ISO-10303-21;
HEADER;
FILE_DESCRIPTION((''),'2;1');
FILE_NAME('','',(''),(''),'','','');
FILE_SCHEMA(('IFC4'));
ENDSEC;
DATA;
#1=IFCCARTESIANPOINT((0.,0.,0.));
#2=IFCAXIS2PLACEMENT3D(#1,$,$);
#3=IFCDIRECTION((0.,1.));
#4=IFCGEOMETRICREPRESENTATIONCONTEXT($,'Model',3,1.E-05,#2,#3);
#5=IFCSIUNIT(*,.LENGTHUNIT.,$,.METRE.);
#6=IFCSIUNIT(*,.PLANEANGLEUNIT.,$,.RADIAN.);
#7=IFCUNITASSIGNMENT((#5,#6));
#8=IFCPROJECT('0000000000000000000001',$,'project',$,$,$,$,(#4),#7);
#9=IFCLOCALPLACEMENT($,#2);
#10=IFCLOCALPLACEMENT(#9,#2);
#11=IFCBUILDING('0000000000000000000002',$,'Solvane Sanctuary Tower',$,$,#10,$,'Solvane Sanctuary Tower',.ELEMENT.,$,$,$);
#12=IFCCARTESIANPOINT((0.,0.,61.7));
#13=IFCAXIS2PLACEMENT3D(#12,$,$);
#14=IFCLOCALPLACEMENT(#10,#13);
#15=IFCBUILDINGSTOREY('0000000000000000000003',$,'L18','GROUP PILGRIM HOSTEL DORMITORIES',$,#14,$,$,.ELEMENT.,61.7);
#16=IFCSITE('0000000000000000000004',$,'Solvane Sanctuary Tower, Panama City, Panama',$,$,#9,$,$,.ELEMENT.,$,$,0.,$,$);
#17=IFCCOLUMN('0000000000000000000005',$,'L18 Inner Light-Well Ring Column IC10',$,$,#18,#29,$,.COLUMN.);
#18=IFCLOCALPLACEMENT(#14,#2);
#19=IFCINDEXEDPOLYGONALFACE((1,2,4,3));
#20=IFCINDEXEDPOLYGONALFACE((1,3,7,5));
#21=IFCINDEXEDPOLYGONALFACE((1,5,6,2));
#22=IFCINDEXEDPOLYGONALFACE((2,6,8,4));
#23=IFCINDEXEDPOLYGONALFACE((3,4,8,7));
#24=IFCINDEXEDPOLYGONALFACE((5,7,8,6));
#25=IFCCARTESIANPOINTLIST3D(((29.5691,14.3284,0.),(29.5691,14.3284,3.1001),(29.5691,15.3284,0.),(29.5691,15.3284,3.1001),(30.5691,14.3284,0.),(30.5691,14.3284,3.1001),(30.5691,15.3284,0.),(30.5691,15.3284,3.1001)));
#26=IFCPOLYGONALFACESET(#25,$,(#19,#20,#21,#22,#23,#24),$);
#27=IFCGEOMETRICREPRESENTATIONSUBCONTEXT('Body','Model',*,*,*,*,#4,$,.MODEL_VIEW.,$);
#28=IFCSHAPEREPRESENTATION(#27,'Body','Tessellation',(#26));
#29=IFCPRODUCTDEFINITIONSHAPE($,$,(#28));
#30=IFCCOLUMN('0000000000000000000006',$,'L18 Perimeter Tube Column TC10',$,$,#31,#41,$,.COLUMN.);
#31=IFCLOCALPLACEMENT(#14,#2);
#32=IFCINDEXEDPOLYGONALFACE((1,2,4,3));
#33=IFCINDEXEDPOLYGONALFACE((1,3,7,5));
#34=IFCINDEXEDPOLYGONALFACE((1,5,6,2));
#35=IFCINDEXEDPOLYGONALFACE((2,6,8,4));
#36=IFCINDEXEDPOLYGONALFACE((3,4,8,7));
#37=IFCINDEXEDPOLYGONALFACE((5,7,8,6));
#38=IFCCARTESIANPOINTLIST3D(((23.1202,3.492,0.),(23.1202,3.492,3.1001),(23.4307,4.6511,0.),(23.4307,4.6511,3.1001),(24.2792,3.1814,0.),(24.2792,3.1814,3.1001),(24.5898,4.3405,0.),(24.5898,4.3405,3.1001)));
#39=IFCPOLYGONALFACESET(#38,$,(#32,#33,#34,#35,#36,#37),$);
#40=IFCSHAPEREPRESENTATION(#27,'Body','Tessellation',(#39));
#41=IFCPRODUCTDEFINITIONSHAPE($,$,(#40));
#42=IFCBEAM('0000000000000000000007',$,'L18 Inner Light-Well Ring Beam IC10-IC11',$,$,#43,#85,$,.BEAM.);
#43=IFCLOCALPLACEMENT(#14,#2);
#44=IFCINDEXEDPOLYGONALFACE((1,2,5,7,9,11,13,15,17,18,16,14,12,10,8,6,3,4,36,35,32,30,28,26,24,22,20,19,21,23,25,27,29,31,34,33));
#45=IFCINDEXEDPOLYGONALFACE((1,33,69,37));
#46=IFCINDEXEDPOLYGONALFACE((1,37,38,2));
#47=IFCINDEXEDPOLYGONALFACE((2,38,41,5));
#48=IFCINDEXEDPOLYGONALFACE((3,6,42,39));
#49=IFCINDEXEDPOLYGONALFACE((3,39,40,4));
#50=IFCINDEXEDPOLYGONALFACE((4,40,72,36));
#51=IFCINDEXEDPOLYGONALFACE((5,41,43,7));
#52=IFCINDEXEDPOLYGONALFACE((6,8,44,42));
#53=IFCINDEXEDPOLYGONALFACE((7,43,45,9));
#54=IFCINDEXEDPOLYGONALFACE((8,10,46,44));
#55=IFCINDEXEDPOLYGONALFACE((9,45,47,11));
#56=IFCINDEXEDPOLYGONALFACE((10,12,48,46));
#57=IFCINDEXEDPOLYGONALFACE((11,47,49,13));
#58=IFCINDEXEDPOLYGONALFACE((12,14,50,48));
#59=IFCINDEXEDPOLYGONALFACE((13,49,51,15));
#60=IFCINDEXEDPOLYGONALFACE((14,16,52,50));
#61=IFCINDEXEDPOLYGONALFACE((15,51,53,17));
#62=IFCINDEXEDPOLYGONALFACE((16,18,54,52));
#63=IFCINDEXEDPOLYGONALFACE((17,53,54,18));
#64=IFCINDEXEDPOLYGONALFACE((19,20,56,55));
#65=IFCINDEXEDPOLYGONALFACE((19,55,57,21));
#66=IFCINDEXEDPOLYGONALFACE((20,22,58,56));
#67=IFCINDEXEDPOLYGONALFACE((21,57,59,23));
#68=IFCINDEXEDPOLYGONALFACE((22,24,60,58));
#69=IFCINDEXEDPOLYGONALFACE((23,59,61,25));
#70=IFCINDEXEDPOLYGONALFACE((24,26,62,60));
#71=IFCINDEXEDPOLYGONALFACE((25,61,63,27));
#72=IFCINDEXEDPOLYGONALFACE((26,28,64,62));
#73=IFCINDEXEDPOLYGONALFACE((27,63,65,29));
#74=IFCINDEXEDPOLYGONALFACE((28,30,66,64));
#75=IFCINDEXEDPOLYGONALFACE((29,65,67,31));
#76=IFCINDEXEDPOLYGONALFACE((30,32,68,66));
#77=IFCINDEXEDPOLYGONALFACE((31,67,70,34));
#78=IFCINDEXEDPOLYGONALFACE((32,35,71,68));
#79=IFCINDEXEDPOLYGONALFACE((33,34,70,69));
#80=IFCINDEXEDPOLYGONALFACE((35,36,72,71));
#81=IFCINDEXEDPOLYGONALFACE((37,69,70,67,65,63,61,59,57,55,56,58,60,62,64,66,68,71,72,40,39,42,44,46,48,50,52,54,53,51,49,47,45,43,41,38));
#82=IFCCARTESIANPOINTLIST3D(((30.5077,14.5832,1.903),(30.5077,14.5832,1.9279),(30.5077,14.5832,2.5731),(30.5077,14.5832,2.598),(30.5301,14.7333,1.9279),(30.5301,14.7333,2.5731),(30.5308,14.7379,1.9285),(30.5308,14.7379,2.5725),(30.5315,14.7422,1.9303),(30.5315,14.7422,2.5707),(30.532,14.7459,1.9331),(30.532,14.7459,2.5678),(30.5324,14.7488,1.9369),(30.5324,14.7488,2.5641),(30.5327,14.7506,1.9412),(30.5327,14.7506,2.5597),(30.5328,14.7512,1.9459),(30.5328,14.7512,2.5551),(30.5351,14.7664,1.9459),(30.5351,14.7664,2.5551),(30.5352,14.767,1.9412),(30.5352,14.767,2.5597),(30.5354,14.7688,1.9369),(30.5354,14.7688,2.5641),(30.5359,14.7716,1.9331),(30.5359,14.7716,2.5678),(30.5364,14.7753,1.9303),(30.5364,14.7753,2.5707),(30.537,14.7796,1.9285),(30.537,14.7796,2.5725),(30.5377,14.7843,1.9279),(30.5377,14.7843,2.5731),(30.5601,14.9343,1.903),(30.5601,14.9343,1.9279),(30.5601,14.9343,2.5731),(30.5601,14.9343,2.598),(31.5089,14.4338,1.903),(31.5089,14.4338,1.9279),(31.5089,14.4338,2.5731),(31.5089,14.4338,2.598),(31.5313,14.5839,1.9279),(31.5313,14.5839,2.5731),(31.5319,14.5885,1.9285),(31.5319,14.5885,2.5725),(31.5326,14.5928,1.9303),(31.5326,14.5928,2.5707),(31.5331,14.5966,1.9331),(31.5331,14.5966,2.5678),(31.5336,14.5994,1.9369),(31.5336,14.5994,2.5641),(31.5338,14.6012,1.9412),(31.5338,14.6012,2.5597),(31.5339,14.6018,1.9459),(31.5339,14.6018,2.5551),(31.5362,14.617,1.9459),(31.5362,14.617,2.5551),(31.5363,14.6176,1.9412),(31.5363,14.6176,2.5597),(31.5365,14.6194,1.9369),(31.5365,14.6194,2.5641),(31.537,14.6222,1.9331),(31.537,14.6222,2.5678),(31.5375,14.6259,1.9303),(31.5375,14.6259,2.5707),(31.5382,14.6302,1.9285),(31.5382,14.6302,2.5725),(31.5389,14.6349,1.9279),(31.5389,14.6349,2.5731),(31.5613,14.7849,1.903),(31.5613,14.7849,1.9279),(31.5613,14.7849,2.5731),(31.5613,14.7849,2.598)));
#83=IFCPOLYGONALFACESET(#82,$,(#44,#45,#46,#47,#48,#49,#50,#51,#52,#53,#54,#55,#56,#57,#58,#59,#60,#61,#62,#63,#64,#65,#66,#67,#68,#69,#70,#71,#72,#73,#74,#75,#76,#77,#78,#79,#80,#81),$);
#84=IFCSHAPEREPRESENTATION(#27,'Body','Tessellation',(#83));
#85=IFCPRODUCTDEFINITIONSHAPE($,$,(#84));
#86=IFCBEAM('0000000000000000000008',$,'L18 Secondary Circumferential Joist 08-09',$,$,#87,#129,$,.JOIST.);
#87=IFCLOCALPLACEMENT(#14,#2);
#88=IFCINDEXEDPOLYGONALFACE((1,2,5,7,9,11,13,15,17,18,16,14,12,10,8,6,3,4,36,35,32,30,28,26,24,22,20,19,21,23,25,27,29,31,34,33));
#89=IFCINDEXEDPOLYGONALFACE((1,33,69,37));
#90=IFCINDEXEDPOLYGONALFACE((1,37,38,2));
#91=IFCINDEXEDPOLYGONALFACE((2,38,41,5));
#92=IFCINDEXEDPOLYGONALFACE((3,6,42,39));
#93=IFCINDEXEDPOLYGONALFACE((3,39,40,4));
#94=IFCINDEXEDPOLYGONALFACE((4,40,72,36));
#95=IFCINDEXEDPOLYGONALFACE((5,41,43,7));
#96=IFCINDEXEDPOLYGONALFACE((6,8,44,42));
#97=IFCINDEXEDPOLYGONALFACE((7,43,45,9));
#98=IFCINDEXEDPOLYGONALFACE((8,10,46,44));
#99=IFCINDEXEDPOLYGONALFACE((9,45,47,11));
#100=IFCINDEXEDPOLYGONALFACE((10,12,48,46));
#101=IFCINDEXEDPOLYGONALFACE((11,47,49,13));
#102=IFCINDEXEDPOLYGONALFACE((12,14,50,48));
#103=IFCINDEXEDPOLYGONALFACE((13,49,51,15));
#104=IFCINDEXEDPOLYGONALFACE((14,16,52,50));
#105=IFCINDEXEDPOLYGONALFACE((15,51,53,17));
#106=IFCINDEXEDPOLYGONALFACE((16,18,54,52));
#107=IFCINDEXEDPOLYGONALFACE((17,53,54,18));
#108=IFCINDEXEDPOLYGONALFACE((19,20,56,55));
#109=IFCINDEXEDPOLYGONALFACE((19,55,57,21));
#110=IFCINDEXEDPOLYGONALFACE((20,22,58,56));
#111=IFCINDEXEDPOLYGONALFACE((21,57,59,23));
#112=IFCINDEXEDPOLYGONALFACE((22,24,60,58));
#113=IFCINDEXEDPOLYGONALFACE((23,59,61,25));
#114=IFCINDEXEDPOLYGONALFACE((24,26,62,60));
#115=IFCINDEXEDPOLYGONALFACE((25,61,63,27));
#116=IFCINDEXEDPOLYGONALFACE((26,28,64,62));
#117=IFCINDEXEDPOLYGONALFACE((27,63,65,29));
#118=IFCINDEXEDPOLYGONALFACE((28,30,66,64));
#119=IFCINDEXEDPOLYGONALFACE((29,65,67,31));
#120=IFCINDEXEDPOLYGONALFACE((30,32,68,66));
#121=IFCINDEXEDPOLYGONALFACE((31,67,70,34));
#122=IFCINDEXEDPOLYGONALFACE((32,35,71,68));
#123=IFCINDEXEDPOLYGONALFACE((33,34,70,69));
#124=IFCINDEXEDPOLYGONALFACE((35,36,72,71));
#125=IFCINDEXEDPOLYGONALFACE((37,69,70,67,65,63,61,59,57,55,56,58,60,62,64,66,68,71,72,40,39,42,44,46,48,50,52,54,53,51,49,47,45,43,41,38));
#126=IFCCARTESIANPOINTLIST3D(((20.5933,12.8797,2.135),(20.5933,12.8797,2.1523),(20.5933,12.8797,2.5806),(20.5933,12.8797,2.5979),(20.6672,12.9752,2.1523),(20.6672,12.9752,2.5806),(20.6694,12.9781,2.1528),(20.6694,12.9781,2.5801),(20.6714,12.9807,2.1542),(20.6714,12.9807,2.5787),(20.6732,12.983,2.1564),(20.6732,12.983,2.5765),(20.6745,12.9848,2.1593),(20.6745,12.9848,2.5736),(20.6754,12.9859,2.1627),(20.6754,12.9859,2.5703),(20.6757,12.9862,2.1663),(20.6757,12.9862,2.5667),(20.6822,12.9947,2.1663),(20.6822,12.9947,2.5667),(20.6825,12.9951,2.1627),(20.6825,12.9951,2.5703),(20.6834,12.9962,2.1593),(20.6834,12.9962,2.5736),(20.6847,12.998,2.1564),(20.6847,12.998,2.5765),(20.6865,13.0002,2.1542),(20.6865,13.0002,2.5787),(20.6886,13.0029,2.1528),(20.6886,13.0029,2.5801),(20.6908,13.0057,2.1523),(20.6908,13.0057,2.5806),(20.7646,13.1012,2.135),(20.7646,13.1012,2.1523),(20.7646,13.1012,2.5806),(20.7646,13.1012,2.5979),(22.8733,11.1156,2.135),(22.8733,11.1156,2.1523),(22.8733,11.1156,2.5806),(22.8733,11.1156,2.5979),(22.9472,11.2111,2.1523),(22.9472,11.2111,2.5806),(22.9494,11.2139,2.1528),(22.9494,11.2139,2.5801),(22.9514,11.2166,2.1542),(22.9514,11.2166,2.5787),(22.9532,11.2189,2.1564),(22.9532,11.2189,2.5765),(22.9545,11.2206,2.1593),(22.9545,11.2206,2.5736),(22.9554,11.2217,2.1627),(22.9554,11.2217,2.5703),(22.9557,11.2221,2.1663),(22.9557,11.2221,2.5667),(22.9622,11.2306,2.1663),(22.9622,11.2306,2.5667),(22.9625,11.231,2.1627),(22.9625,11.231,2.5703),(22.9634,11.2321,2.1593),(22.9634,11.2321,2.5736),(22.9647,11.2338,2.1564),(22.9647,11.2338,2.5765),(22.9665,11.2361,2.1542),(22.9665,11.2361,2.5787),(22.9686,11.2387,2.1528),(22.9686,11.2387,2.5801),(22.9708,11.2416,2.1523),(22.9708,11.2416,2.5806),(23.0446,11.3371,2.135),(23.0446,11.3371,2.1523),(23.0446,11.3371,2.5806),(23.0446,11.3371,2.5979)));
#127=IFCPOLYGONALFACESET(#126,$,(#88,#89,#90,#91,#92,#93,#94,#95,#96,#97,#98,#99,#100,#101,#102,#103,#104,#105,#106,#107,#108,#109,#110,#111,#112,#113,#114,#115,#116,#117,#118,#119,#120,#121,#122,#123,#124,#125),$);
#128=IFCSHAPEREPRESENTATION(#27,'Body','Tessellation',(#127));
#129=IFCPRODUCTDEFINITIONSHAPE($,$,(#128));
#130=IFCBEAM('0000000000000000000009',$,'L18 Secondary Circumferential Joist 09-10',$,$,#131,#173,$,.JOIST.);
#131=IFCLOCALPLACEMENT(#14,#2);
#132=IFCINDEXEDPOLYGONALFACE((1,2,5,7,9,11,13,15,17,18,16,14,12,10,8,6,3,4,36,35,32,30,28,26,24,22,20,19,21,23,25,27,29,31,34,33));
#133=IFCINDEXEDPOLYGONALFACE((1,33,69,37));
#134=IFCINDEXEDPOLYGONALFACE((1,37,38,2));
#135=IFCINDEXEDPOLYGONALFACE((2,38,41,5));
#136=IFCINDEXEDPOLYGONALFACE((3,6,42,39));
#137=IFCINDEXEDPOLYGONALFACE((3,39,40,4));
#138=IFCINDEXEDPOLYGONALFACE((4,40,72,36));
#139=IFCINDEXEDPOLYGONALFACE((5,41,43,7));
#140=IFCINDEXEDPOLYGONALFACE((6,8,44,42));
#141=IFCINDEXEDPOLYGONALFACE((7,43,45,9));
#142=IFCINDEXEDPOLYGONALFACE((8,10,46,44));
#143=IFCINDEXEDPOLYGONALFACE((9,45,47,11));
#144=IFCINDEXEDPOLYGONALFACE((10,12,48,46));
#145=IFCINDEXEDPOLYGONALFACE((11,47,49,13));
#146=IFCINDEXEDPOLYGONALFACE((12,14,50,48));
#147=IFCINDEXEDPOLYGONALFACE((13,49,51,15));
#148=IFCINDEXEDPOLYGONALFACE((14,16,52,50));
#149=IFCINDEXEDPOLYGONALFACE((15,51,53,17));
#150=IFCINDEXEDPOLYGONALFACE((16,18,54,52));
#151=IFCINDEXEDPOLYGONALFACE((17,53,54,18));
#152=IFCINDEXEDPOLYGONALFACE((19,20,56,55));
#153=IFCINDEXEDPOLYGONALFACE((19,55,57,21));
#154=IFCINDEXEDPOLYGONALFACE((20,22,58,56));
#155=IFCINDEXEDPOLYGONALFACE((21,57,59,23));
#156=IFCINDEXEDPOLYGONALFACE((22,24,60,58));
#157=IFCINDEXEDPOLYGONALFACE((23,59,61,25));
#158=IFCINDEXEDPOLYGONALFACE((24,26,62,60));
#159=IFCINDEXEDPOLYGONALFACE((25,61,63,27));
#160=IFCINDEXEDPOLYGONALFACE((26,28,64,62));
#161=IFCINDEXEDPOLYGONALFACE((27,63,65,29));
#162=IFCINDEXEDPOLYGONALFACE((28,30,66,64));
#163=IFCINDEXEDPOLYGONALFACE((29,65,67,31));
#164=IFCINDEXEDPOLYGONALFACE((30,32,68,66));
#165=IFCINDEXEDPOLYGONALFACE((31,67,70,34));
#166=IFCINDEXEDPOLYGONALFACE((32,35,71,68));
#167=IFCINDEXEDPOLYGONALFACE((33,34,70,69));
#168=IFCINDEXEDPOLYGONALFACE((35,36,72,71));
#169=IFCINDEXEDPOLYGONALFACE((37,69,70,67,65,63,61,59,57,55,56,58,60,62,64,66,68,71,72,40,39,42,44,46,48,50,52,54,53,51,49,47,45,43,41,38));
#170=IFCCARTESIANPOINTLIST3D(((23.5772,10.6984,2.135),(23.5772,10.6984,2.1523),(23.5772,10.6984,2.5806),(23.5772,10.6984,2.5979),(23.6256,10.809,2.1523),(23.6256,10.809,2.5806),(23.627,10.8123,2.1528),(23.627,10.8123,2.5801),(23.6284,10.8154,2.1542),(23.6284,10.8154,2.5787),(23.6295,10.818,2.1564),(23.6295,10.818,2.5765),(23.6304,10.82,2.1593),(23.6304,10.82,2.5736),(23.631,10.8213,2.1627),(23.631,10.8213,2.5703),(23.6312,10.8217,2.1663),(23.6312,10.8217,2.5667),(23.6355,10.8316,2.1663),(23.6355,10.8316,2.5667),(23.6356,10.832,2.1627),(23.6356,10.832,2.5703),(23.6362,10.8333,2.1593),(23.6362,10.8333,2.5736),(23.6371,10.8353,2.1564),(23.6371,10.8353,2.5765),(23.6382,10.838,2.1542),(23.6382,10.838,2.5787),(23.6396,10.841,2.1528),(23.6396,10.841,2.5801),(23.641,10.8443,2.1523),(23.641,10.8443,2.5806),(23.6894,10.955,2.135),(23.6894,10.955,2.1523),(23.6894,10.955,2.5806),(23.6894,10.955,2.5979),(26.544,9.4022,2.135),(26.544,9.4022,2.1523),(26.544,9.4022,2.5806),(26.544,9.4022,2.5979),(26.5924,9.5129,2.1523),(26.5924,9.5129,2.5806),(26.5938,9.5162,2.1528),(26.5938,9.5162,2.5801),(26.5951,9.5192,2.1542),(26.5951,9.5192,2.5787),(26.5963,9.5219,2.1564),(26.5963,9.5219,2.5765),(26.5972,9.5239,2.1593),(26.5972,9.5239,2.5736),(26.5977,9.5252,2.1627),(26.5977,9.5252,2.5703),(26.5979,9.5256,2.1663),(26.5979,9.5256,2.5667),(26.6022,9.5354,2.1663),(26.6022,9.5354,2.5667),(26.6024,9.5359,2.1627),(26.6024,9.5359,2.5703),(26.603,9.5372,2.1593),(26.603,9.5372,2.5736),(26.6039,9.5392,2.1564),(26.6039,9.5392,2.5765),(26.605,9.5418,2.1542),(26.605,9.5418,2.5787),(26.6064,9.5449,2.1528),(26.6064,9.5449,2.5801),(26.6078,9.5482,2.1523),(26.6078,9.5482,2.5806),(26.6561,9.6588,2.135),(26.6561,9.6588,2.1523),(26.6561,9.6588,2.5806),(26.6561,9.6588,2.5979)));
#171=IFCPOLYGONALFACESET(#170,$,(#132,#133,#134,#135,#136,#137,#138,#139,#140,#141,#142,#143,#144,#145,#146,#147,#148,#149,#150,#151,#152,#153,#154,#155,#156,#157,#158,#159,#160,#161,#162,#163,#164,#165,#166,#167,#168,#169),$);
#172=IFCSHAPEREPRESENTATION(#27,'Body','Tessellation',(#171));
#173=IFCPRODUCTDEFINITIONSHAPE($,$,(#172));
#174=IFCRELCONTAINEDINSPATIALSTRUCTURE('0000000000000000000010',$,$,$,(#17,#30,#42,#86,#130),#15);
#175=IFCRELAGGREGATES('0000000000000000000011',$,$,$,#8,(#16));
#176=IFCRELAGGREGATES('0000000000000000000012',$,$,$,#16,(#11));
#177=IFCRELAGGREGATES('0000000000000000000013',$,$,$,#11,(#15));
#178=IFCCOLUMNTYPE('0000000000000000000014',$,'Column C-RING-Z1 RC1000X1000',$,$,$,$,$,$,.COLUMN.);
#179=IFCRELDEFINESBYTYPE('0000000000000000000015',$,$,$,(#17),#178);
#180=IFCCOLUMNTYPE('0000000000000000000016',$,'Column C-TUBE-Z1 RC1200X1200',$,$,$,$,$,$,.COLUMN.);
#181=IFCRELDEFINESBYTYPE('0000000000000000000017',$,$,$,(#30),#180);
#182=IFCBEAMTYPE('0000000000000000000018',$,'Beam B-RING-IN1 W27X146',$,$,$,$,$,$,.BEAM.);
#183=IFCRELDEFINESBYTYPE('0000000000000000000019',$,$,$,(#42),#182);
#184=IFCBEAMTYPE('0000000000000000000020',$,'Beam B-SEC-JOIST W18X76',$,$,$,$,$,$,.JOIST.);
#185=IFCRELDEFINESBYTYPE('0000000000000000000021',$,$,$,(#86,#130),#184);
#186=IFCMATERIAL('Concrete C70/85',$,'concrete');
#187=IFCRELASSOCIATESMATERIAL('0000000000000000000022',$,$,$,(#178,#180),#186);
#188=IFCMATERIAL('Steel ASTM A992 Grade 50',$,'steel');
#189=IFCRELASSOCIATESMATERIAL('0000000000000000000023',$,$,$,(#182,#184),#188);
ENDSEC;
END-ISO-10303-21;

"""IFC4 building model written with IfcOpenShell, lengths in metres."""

from ifc_helpers import new_model, si_unit, direction, frame, origin, origin_2d, place, context, subcontext, project, spatial, rectangle, i_section, extrude, material, material_profile, profile_set, type_object, element, save


model = new_model("IFC4")

# Units and contexts
model_context = context("Model", 3, precision=1e-05, world=origin(), true_north=direction((0.0, 1.0)))
body_context = subcontext(model_context, "Body", "Model", "MODEL_VIEW")
ifc_project = project(units=[si_unit("LENGTHUNIT", "METRE"), si_unit("PLANEANGLEUNIT", "RADIAN")], contexts=[model_context])

# Site, building, storey
site_placement = place(None, origin())
site = spatial("IfcSite", under=ifc_project, at=site_placement, Name="Solvane Sanctuary Tower, Panama City, Panama", CompositionType="ELEMENT", RefElevation=0.0)
building_placement = place(site_placement, origin())
building = spatial("IfcBuilding", under=site, at=building_placement, Name="Solvane Sanctuary Tower", LongName="Solvane Sanctuary Tower", CompositionType="ELEMENT")
storey_placement = place(building_placement, frame((0.0, 0.0, 61.7)))
storey = spatial("IfcBuildingStorey", under=building, at=storey_placement, Name="L18", Description="GROUP PILGRIM HOSTEL DORMITORIES", CompositionType="ELEMENT", Elevation=61.7)

# Columns
ifc_material_1 = material(Name="Concrete C70/85", Category="concrete")
ifc_material_profile_1 = material_profile(ifc_material_1, rectangle(XDim=1.0, YDim=1.0, at=origin_2d()), Name="RC1000X1000")
ifc_profile_set_1 = profile_set([ifc_material_profile_1], Name="Concrete C70/85")
column_type_1 = type_object("IfcColumnType", Name="Column C-RING-Z1 RC1000X1000", PredefinedType="COLUMN", material=ifc_profile_set_1)
column_1_placement = place(storey_placement, frame((30.0691, 14.8284, 0.0), z_axis=(0.0, 0.0, 1.0), x_axis=(1.0, 0.0, 0.0)))
element("IfcColumn", 1, at=column_1_placement, inside=storey, type_object=column_type_1, Name="L18 Inner Light-Well Ring Column IC10", PredefinedType="COLUMN", context=body_context, shape_type="SweptSolid", body=[
    extrude(rectangle(XDim=1.0, YDim=1.0, at=origin_2d()), origin(), (0.0, 0.0, 1.0), 3.1001),
])
ifc_material_profile_2 = material_profile(ifc_material_1, rectangle(XDim=1.2, YDim=1.2, at=origin_2d()), Name="RC1200X1200")
ifc_profile_set_2 = profile_set([ifc_material_profile_2], Name="Concrete C70/85")
column_type_2 = type_object("IfcColumnType", Name="Column C-TUBE-Z1 RC1200X1200", PredefinedType="COLUMN", material=ifc_profile_set_2)
column_2_placement = place(storey_placement, frame((23.855, 3.9163, 0.0), z_axis=(0.0, 0.0, 1.0), x_axis=(-0.258819, -0.965926, 0.0)))
element("IfcColumn", 2, at=column_2_placement, inside=storey, type_object=column_type_2, Name="L18 Perimeter Tube Column TC10", PredefinedType="COLUMN", context=body_context, shape_type="SweptSolid", body=[
    extrude(rectangle(XDim=1.2, YDim=1.2, at=origin_2d()), origin(), (0.0, 0.0, 1.0), 3.1001),
])

# Beams
ifc_material_2 = material(Name="Steel ASTM A992 Grade 50", Category="steel")
ifc_material_profile_3 = material_profile(ifc_material_2, i_section(OverallWidth=0.355, OverallDepth=0.6951, WebThickness=0.0154, FlangeThickness=0.0249, FilletRadius=0.0181, at=origin_2d()), Name="W27X146")
ifc_profile_set_3 = profile_set([ifc_material_profile_3], Name="Steel ASTM A992 Grade 50")
beam_type_1 = type_object("IfcBeamType", Name="Beam B-RING-IN1 W27X146", PredefinedType="BEAM", material=ifc_profile_set_3)
beam_1_placement = place(storey_placement, frame((30.5339, 14.7588, 2.2505), z_axis=(0.989048, -0.147597, 0.0), x_axis=(0.147597, 0.989048, 0.0)))
element("IfcBeam", 3, at=beam_1_placement, inside=storey, type_object=beam_type_1, Name="L18 Inner Light-Well Ring Beam IC10-IC11", PredefinedType="BEAM", context=body_context, shape_type="SweptSolid", body=[
    extrude(i_section(OverallWidth=0.355, OverallDepth=0.6951, WebThickness=0.0154, FlangeThickness=0.0249, FilletRadius=0.0181, at=origin_2d()), origin(), (0.0, 0.0, 1.0), 1.0122),
])
ifc_material_profile_4 = material_profile(ifc_material_2, i_section(OverallWidth=0.28, OverallDepth=0.4629, WebThickness=0.0107, FlangeThickness=0.0173, FilletRadius=0.0139, at=origin_2d()), Name="W18X76")
ifc_profile_set_4 = profile_set([ifc_material_profile_4], Name="Steel ASTM A992 Grade 50")
beam_type_2 = type_object("IfcBeamType", Name="Beam B-SEC-JOIST W18X76", PredefinedType="JOIST", material=ifc_profile_set_4)
beam_2_placement = place(storey_placement, frame((20.679, 12.9905, 2.3665), z_axis=(0.790896, -0.611951, 0.0), x_axis=(0.611951, 0.790896, 0.0)))
element("IfcBeam", 4, at=beam_2_placement, inside=storey, type_object=beam_type_2, Name="L18 Secondary Circumferential Joist 08-09", PredefinedType="JOIST", context=body_context, shape_type="SweptSolid", body=[
    extrude(i_section(OverallWidth=0.28, OverallDepth=0.4629, WebThickness=0.0107, FlangeThickness=0.0173, FilletRadius=0.0139, at=origin_2d()), origin(), (0.0, 0.0, 1.0), 2.8828),
])
beam_3_placement = place(storey_placement, frame((23.6333, 10.8267, 2.3665), z_axis=(0.916365, -0.400344, 0.0), x_axis=(0.400344, 0.916365, 0.0)))
element("IfcBeam", 5, at=beam_3_placement, inside=storey, type_object=beam_type_2, Name="L18 Secondary Circumferential Joist 09-10", PredefinedType="JOIST", context=body_context, shape_type="SweptSolid", body=[
    extrude(i_section(OverallWidth=0.28, OverallDepth=0.4629, WebThickness=0.0107, FlangeThickness=0.0173, FilletRadius=0.0139, at=origin_2d()), origin(), (0.0, 0.0, 1.0), 3.2375),
])

save(model, "model.ifc")
